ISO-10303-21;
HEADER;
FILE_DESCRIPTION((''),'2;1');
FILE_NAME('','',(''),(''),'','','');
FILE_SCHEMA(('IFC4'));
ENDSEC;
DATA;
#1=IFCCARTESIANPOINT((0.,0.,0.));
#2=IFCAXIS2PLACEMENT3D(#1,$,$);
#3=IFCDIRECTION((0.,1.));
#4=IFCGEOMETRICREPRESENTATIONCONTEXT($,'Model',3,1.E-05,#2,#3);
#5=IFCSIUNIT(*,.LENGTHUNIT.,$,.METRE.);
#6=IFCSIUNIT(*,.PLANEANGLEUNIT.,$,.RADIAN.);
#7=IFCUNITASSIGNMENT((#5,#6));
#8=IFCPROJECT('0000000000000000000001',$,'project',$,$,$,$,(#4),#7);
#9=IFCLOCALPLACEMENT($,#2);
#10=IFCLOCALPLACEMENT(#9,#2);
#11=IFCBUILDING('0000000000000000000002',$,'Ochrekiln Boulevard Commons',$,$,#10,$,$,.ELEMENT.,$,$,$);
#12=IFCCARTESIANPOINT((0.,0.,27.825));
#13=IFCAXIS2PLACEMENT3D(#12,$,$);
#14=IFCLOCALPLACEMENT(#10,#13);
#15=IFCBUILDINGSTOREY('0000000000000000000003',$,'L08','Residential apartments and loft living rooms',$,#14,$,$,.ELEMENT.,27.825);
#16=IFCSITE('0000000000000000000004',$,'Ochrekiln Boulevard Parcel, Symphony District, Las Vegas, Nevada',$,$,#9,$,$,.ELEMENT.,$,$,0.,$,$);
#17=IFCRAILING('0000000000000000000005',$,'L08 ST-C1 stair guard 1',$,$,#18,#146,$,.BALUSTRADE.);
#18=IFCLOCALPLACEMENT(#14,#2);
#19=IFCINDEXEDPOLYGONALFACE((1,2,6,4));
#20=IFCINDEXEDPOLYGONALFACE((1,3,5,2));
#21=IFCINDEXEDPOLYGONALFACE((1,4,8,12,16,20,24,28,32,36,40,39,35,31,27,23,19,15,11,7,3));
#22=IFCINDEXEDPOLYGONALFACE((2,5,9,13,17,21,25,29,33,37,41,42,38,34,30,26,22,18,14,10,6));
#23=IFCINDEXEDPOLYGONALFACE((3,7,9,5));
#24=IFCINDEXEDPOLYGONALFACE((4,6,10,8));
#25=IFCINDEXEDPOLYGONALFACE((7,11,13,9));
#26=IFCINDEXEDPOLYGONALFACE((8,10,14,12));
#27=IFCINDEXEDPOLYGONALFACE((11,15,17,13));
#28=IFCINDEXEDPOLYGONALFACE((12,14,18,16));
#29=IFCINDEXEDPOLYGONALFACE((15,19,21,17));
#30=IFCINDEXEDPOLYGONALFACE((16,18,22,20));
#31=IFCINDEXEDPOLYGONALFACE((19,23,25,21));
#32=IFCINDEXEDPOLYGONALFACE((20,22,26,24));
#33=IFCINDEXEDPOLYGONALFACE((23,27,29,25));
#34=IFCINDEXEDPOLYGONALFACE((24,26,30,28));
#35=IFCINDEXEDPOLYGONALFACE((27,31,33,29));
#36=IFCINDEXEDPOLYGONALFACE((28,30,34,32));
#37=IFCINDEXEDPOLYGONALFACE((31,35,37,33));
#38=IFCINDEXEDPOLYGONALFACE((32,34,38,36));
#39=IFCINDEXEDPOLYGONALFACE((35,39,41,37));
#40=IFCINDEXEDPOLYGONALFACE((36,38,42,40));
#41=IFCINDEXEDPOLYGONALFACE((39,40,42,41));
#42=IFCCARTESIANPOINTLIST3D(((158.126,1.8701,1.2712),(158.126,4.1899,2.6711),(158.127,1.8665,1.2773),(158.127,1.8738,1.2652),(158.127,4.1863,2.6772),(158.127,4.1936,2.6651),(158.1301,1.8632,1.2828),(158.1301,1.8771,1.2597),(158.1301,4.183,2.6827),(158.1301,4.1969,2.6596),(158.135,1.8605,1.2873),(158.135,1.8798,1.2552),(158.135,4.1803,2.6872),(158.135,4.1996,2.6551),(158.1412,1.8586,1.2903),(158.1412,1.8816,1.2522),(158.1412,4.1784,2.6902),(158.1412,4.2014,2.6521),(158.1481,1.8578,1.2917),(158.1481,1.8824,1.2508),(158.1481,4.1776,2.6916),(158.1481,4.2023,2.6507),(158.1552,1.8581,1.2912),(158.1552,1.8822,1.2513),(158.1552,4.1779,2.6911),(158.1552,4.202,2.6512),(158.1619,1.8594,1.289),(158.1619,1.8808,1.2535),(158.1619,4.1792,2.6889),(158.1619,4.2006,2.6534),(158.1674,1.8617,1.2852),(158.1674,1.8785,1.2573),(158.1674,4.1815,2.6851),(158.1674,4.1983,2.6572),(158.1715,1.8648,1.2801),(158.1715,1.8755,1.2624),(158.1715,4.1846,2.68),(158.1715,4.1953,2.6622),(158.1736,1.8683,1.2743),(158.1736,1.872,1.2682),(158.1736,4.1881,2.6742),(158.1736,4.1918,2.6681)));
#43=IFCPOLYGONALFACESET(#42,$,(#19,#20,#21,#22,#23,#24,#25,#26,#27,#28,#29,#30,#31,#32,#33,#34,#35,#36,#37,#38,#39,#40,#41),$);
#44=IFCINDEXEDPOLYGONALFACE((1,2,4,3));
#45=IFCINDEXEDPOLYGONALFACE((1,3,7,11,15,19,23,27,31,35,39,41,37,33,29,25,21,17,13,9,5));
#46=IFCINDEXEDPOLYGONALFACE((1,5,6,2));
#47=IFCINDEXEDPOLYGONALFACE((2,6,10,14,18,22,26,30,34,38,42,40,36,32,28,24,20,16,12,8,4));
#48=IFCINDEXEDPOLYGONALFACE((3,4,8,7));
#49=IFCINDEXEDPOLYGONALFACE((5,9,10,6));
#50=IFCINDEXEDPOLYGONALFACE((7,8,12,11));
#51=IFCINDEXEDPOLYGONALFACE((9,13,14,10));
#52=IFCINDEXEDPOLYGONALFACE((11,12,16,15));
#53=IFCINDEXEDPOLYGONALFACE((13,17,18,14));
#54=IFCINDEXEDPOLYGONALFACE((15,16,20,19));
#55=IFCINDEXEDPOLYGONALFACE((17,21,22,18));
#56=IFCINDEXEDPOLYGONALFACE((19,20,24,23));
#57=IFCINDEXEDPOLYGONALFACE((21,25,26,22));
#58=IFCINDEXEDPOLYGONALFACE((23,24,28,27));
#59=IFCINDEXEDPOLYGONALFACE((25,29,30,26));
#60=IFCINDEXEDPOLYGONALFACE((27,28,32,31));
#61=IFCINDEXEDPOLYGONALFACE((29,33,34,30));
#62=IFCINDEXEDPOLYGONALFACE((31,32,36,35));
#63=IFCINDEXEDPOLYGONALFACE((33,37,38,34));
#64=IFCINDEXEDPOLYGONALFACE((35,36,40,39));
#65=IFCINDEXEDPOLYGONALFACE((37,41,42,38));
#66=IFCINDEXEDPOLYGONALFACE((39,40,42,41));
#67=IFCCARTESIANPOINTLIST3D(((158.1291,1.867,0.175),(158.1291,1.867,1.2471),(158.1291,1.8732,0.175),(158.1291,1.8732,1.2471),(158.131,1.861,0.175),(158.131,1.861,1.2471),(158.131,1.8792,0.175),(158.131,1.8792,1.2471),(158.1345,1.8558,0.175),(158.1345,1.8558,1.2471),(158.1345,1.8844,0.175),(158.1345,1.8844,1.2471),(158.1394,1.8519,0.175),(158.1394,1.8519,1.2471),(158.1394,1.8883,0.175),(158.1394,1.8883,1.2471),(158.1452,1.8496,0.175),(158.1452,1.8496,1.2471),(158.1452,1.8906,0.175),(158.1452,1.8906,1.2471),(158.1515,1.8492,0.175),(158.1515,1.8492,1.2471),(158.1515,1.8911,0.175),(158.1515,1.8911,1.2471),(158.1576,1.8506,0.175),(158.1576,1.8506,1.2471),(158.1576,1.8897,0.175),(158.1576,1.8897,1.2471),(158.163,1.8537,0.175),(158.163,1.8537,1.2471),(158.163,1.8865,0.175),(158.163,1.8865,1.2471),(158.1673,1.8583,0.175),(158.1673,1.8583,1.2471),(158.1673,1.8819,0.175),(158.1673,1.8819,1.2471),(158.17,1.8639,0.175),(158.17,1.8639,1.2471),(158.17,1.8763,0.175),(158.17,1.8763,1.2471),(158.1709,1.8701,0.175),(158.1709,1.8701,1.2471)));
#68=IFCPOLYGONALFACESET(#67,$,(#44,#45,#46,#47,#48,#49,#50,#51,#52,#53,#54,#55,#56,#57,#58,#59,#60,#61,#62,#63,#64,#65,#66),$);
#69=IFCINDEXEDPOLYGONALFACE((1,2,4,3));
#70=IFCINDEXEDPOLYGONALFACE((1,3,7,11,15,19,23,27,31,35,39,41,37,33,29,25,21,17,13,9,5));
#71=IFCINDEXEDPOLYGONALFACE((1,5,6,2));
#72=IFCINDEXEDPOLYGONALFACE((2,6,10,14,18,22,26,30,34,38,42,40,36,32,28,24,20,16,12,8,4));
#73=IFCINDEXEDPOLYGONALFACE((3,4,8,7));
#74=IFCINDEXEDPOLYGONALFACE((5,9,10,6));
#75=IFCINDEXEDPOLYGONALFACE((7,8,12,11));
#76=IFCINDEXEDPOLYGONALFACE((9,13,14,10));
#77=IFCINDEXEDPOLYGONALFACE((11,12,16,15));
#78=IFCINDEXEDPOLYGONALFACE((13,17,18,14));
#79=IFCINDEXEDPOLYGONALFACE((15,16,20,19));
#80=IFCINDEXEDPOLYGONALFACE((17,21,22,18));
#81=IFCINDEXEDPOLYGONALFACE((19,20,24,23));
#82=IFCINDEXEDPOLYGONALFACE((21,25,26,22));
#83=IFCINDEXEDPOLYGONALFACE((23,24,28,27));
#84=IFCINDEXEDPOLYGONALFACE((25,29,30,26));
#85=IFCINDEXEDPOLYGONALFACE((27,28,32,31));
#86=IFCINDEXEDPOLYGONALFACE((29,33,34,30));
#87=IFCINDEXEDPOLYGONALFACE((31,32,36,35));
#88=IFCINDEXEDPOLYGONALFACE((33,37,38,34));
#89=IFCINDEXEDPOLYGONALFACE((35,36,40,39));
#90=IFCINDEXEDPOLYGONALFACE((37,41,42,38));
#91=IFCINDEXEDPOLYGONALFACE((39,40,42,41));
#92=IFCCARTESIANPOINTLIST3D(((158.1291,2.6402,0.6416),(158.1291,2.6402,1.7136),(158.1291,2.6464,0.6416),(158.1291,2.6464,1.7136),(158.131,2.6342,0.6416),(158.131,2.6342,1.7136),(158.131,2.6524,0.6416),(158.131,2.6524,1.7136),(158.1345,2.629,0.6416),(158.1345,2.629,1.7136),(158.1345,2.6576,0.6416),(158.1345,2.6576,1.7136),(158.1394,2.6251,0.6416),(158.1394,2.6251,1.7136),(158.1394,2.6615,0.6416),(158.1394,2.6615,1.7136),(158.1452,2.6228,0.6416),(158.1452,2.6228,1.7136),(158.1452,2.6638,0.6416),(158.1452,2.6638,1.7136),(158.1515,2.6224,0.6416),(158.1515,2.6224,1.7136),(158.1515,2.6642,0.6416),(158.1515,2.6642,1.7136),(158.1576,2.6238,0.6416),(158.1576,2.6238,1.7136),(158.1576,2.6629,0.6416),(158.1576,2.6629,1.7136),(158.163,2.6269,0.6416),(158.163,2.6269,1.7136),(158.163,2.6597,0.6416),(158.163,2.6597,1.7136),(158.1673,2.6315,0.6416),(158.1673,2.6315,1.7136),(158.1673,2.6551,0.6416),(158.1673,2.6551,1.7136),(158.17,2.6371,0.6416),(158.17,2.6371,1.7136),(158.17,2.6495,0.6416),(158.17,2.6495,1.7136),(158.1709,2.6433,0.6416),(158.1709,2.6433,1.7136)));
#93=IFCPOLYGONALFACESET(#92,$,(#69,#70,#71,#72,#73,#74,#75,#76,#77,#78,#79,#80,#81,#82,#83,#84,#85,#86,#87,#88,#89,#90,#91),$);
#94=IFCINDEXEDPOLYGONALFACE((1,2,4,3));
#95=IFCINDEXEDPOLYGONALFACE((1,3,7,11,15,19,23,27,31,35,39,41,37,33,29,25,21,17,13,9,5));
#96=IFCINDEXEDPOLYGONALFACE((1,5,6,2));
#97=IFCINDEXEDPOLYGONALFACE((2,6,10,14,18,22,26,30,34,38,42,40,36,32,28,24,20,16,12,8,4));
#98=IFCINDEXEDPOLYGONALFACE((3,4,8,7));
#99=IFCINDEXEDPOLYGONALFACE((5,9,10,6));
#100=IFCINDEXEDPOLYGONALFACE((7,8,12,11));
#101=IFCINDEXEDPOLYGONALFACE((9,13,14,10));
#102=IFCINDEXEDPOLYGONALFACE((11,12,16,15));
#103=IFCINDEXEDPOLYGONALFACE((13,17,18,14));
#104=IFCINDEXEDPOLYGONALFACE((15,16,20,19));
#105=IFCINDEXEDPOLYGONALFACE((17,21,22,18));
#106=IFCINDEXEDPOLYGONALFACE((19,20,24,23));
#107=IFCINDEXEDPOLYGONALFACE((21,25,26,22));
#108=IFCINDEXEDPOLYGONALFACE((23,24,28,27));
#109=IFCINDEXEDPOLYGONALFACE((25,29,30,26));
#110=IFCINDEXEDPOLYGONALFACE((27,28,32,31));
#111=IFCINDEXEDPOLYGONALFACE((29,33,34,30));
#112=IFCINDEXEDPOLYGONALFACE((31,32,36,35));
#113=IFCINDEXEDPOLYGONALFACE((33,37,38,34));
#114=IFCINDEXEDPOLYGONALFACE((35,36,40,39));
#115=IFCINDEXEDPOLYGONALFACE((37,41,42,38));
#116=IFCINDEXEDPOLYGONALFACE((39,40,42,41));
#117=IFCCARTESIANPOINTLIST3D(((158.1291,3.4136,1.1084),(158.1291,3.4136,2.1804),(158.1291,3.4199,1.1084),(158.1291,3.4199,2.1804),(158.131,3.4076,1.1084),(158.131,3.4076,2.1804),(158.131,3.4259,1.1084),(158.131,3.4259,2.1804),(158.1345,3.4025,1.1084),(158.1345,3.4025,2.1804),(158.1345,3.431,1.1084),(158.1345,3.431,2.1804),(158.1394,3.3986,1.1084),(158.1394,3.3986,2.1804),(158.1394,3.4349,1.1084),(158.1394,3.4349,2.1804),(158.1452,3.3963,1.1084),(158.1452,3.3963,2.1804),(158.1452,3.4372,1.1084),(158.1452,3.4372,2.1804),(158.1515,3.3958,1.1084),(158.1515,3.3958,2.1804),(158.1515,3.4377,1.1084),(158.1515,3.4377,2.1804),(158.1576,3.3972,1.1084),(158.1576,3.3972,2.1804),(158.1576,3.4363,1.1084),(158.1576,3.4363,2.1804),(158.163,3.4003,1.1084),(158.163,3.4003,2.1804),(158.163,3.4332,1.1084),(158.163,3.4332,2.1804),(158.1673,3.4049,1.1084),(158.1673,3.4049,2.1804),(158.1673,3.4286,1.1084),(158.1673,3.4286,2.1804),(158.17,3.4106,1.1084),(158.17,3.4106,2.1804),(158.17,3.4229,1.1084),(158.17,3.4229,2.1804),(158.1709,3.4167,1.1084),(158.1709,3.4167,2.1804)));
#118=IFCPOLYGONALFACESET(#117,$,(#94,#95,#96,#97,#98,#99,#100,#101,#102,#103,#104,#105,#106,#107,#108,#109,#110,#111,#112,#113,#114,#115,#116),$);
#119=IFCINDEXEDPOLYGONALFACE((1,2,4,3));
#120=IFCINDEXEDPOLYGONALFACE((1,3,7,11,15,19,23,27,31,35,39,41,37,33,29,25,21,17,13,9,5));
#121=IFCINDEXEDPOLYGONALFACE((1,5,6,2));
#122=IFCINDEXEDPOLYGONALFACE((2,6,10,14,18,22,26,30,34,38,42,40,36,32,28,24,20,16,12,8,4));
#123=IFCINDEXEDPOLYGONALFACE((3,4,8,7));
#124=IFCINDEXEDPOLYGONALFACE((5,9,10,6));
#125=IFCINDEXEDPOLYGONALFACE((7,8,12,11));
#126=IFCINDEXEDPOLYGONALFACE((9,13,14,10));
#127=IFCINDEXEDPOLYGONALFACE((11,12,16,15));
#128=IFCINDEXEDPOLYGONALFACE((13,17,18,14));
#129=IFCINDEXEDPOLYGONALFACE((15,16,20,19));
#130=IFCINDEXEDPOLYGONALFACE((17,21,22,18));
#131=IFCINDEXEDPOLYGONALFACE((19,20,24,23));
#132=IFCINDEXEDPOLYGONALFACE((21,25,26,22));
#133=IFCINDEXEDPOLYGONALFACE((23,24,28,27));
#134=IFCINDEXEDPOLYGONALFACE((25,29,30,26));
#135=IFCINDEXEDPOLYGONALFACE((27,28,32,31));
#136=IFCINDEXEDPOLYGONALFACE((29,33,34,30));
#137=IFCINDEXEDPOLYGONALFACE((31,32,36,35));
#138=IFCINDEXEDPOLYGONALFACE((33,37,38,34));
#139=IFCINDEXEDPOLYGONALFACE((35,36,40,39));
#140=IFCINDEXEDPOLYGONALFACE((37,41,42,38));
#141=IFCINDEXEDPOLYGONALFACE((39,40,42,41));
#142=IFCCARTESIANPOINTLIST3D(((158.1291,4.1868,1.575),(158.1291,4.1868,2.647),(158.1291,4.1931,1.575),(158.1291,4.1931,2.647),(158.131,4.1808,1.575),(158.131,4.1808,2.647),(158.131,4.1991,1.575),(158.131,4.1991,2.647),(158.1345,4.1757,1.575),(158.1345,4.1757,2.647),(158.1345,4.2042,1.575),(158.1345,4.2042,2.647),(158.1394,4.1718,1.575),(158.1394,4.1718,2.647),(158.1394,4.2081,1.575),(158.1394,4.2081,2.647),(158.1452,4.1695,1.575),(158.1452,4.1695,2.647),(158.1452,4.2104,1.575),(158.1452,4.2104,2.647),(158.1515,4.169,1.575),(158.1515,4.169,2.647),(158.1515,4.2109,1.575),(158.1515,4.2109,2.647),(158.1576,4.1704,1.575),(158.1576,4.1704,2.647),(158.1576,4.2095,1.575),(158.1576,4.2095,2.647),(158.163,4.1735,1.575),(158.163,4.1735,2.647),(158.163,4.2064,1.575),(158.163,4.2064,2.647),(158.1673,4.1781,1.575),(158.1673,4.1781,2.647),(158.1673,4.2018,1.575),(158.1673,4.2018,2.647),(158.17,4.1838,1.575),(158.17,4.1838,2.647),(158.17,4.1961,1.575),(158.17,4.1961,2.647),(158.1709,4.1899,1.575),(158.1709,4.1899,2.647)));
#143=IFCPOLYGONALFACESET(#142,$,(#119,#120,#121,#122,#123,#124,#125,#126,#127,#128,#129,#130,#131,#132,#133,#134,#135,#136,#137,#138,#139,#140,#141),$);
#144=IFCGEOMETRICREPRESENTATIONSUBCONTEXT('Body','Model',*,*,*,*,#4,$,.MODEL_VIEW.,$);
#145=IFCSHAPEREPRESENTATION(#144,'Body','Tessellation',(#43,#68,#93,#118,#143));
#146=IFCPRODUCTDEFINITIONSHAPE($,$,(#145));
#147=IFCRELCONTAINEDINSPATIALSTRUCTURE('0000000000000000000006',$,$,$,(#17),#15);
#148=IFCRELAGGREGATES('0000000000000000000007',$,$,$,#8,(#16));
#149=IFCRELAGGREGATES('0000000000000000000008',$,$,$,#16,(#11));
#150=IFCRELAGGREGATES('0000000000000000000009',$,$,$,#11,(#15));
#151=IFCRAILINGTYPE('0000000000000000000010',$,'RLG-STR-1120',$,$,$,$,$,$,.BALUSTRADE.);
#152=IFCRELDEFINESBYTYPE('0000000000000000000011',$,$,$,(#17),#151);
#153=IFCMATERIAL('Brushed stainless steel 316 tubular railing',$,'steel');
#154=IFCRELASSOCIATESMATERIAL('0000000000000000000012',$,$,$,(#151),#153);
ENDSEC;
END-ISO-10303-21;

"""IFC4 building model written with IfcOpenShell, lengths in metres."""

from ifc_helpers import new_model, si_unit, direction, frame, origin, origin_2d, place, context, subcontext, project, spatial, circle, extrude, material, type_object, element, save


model = new_model("IFC4")

# Units and contexts
model_context = context("Model", 3, precision=1e-05, world=origin(), true_north=direction((0.0, 1.0)))
body_context = subcontext(model_context, "Body", "Model", "MODEL_VIEW")
ifc_project = project(units=[si_unit("LENGTHUNIT", "METRE"), si_unit("PLANEANGLEUNIT", "RADIAN")], contexts=[model_context])

# Site, building, storey
site_placement = place(None, origin())
site = spatial("IfcSite", under=ifc_project, at=site_placement, Name="Ochrekiln Boulevard Parcel, Symphony District, Las Vegas, Nevada", CompositionType="ELEMENT", RefElevation=0.0)
building_placement = place(site_placement, origin())
building = spatial("IfcBuilding", under=site, at=building_placement, Name="Ochrekiln Boulevard Commons", CompositionType="ELEMENT")
storey_placement = place(building_placement, frame((0.0, 0.0, 27.825)))
storey = spatial("IfcBuildingStorey", under=building, at=storey_placement, Name="L08", Description="Residential apartments and loft living rooms", CompositionType="ELEMENT", Elevation=27.825)

# Railing
ifc_material_1 = material(Name="Brushed stainless steel 316 tubular railing", Category="steel")
railing_type_1 = type_object("IfcRailingType", Name="RLG-STR-1120", PredefinedType="BALUSTRADE", material=ifc_material_1)
railing_1_placement = place(storey_placement, frame((158.1499, 1.8701, 0.175)))
element("IfcRailing", 1, at=railing_1_placement, inside=storey, type_object=railing_type_1, Name="L08 ST-C1 stair guard 1", PredefinedType="BALUSTRADE", context=body_context, shape_type="SweptSolid", body=[
    extrude(circle(Radius=0.0239, at=origin_2d()), frame((0.0, 0.0, 1.0962), z_axis=(0.0, 0.856186, 0.516667), x_axis=(-1.0, 0.0, 0.0)), (0.0, 0.0, 1.0), 2.7095),
    extrude(circle(Radius=0.021, at=origin_2d()), origin(), (0.0, 0.0, 1.0), 1.072),
    extrude(circle(Radius=0.021, at=origin_2d()), frame((0.0, 0.7732, 0.4666)), (0.0, 0.0, 1.0), 1.072),
    extrude(circle(Radius=0.021, at=origin_2d()), frame((0.0, 1.5466, 0.9333)), (0.0, 0.0, 1.0), 1.072),
    extrude(circle(Radius=0.021, at=origin_2d()), frame((0.0, 2.3198, 1.3999)), (0.0, 0.0, 1.0), 1.072),
])

save(model, "model.ifc")
